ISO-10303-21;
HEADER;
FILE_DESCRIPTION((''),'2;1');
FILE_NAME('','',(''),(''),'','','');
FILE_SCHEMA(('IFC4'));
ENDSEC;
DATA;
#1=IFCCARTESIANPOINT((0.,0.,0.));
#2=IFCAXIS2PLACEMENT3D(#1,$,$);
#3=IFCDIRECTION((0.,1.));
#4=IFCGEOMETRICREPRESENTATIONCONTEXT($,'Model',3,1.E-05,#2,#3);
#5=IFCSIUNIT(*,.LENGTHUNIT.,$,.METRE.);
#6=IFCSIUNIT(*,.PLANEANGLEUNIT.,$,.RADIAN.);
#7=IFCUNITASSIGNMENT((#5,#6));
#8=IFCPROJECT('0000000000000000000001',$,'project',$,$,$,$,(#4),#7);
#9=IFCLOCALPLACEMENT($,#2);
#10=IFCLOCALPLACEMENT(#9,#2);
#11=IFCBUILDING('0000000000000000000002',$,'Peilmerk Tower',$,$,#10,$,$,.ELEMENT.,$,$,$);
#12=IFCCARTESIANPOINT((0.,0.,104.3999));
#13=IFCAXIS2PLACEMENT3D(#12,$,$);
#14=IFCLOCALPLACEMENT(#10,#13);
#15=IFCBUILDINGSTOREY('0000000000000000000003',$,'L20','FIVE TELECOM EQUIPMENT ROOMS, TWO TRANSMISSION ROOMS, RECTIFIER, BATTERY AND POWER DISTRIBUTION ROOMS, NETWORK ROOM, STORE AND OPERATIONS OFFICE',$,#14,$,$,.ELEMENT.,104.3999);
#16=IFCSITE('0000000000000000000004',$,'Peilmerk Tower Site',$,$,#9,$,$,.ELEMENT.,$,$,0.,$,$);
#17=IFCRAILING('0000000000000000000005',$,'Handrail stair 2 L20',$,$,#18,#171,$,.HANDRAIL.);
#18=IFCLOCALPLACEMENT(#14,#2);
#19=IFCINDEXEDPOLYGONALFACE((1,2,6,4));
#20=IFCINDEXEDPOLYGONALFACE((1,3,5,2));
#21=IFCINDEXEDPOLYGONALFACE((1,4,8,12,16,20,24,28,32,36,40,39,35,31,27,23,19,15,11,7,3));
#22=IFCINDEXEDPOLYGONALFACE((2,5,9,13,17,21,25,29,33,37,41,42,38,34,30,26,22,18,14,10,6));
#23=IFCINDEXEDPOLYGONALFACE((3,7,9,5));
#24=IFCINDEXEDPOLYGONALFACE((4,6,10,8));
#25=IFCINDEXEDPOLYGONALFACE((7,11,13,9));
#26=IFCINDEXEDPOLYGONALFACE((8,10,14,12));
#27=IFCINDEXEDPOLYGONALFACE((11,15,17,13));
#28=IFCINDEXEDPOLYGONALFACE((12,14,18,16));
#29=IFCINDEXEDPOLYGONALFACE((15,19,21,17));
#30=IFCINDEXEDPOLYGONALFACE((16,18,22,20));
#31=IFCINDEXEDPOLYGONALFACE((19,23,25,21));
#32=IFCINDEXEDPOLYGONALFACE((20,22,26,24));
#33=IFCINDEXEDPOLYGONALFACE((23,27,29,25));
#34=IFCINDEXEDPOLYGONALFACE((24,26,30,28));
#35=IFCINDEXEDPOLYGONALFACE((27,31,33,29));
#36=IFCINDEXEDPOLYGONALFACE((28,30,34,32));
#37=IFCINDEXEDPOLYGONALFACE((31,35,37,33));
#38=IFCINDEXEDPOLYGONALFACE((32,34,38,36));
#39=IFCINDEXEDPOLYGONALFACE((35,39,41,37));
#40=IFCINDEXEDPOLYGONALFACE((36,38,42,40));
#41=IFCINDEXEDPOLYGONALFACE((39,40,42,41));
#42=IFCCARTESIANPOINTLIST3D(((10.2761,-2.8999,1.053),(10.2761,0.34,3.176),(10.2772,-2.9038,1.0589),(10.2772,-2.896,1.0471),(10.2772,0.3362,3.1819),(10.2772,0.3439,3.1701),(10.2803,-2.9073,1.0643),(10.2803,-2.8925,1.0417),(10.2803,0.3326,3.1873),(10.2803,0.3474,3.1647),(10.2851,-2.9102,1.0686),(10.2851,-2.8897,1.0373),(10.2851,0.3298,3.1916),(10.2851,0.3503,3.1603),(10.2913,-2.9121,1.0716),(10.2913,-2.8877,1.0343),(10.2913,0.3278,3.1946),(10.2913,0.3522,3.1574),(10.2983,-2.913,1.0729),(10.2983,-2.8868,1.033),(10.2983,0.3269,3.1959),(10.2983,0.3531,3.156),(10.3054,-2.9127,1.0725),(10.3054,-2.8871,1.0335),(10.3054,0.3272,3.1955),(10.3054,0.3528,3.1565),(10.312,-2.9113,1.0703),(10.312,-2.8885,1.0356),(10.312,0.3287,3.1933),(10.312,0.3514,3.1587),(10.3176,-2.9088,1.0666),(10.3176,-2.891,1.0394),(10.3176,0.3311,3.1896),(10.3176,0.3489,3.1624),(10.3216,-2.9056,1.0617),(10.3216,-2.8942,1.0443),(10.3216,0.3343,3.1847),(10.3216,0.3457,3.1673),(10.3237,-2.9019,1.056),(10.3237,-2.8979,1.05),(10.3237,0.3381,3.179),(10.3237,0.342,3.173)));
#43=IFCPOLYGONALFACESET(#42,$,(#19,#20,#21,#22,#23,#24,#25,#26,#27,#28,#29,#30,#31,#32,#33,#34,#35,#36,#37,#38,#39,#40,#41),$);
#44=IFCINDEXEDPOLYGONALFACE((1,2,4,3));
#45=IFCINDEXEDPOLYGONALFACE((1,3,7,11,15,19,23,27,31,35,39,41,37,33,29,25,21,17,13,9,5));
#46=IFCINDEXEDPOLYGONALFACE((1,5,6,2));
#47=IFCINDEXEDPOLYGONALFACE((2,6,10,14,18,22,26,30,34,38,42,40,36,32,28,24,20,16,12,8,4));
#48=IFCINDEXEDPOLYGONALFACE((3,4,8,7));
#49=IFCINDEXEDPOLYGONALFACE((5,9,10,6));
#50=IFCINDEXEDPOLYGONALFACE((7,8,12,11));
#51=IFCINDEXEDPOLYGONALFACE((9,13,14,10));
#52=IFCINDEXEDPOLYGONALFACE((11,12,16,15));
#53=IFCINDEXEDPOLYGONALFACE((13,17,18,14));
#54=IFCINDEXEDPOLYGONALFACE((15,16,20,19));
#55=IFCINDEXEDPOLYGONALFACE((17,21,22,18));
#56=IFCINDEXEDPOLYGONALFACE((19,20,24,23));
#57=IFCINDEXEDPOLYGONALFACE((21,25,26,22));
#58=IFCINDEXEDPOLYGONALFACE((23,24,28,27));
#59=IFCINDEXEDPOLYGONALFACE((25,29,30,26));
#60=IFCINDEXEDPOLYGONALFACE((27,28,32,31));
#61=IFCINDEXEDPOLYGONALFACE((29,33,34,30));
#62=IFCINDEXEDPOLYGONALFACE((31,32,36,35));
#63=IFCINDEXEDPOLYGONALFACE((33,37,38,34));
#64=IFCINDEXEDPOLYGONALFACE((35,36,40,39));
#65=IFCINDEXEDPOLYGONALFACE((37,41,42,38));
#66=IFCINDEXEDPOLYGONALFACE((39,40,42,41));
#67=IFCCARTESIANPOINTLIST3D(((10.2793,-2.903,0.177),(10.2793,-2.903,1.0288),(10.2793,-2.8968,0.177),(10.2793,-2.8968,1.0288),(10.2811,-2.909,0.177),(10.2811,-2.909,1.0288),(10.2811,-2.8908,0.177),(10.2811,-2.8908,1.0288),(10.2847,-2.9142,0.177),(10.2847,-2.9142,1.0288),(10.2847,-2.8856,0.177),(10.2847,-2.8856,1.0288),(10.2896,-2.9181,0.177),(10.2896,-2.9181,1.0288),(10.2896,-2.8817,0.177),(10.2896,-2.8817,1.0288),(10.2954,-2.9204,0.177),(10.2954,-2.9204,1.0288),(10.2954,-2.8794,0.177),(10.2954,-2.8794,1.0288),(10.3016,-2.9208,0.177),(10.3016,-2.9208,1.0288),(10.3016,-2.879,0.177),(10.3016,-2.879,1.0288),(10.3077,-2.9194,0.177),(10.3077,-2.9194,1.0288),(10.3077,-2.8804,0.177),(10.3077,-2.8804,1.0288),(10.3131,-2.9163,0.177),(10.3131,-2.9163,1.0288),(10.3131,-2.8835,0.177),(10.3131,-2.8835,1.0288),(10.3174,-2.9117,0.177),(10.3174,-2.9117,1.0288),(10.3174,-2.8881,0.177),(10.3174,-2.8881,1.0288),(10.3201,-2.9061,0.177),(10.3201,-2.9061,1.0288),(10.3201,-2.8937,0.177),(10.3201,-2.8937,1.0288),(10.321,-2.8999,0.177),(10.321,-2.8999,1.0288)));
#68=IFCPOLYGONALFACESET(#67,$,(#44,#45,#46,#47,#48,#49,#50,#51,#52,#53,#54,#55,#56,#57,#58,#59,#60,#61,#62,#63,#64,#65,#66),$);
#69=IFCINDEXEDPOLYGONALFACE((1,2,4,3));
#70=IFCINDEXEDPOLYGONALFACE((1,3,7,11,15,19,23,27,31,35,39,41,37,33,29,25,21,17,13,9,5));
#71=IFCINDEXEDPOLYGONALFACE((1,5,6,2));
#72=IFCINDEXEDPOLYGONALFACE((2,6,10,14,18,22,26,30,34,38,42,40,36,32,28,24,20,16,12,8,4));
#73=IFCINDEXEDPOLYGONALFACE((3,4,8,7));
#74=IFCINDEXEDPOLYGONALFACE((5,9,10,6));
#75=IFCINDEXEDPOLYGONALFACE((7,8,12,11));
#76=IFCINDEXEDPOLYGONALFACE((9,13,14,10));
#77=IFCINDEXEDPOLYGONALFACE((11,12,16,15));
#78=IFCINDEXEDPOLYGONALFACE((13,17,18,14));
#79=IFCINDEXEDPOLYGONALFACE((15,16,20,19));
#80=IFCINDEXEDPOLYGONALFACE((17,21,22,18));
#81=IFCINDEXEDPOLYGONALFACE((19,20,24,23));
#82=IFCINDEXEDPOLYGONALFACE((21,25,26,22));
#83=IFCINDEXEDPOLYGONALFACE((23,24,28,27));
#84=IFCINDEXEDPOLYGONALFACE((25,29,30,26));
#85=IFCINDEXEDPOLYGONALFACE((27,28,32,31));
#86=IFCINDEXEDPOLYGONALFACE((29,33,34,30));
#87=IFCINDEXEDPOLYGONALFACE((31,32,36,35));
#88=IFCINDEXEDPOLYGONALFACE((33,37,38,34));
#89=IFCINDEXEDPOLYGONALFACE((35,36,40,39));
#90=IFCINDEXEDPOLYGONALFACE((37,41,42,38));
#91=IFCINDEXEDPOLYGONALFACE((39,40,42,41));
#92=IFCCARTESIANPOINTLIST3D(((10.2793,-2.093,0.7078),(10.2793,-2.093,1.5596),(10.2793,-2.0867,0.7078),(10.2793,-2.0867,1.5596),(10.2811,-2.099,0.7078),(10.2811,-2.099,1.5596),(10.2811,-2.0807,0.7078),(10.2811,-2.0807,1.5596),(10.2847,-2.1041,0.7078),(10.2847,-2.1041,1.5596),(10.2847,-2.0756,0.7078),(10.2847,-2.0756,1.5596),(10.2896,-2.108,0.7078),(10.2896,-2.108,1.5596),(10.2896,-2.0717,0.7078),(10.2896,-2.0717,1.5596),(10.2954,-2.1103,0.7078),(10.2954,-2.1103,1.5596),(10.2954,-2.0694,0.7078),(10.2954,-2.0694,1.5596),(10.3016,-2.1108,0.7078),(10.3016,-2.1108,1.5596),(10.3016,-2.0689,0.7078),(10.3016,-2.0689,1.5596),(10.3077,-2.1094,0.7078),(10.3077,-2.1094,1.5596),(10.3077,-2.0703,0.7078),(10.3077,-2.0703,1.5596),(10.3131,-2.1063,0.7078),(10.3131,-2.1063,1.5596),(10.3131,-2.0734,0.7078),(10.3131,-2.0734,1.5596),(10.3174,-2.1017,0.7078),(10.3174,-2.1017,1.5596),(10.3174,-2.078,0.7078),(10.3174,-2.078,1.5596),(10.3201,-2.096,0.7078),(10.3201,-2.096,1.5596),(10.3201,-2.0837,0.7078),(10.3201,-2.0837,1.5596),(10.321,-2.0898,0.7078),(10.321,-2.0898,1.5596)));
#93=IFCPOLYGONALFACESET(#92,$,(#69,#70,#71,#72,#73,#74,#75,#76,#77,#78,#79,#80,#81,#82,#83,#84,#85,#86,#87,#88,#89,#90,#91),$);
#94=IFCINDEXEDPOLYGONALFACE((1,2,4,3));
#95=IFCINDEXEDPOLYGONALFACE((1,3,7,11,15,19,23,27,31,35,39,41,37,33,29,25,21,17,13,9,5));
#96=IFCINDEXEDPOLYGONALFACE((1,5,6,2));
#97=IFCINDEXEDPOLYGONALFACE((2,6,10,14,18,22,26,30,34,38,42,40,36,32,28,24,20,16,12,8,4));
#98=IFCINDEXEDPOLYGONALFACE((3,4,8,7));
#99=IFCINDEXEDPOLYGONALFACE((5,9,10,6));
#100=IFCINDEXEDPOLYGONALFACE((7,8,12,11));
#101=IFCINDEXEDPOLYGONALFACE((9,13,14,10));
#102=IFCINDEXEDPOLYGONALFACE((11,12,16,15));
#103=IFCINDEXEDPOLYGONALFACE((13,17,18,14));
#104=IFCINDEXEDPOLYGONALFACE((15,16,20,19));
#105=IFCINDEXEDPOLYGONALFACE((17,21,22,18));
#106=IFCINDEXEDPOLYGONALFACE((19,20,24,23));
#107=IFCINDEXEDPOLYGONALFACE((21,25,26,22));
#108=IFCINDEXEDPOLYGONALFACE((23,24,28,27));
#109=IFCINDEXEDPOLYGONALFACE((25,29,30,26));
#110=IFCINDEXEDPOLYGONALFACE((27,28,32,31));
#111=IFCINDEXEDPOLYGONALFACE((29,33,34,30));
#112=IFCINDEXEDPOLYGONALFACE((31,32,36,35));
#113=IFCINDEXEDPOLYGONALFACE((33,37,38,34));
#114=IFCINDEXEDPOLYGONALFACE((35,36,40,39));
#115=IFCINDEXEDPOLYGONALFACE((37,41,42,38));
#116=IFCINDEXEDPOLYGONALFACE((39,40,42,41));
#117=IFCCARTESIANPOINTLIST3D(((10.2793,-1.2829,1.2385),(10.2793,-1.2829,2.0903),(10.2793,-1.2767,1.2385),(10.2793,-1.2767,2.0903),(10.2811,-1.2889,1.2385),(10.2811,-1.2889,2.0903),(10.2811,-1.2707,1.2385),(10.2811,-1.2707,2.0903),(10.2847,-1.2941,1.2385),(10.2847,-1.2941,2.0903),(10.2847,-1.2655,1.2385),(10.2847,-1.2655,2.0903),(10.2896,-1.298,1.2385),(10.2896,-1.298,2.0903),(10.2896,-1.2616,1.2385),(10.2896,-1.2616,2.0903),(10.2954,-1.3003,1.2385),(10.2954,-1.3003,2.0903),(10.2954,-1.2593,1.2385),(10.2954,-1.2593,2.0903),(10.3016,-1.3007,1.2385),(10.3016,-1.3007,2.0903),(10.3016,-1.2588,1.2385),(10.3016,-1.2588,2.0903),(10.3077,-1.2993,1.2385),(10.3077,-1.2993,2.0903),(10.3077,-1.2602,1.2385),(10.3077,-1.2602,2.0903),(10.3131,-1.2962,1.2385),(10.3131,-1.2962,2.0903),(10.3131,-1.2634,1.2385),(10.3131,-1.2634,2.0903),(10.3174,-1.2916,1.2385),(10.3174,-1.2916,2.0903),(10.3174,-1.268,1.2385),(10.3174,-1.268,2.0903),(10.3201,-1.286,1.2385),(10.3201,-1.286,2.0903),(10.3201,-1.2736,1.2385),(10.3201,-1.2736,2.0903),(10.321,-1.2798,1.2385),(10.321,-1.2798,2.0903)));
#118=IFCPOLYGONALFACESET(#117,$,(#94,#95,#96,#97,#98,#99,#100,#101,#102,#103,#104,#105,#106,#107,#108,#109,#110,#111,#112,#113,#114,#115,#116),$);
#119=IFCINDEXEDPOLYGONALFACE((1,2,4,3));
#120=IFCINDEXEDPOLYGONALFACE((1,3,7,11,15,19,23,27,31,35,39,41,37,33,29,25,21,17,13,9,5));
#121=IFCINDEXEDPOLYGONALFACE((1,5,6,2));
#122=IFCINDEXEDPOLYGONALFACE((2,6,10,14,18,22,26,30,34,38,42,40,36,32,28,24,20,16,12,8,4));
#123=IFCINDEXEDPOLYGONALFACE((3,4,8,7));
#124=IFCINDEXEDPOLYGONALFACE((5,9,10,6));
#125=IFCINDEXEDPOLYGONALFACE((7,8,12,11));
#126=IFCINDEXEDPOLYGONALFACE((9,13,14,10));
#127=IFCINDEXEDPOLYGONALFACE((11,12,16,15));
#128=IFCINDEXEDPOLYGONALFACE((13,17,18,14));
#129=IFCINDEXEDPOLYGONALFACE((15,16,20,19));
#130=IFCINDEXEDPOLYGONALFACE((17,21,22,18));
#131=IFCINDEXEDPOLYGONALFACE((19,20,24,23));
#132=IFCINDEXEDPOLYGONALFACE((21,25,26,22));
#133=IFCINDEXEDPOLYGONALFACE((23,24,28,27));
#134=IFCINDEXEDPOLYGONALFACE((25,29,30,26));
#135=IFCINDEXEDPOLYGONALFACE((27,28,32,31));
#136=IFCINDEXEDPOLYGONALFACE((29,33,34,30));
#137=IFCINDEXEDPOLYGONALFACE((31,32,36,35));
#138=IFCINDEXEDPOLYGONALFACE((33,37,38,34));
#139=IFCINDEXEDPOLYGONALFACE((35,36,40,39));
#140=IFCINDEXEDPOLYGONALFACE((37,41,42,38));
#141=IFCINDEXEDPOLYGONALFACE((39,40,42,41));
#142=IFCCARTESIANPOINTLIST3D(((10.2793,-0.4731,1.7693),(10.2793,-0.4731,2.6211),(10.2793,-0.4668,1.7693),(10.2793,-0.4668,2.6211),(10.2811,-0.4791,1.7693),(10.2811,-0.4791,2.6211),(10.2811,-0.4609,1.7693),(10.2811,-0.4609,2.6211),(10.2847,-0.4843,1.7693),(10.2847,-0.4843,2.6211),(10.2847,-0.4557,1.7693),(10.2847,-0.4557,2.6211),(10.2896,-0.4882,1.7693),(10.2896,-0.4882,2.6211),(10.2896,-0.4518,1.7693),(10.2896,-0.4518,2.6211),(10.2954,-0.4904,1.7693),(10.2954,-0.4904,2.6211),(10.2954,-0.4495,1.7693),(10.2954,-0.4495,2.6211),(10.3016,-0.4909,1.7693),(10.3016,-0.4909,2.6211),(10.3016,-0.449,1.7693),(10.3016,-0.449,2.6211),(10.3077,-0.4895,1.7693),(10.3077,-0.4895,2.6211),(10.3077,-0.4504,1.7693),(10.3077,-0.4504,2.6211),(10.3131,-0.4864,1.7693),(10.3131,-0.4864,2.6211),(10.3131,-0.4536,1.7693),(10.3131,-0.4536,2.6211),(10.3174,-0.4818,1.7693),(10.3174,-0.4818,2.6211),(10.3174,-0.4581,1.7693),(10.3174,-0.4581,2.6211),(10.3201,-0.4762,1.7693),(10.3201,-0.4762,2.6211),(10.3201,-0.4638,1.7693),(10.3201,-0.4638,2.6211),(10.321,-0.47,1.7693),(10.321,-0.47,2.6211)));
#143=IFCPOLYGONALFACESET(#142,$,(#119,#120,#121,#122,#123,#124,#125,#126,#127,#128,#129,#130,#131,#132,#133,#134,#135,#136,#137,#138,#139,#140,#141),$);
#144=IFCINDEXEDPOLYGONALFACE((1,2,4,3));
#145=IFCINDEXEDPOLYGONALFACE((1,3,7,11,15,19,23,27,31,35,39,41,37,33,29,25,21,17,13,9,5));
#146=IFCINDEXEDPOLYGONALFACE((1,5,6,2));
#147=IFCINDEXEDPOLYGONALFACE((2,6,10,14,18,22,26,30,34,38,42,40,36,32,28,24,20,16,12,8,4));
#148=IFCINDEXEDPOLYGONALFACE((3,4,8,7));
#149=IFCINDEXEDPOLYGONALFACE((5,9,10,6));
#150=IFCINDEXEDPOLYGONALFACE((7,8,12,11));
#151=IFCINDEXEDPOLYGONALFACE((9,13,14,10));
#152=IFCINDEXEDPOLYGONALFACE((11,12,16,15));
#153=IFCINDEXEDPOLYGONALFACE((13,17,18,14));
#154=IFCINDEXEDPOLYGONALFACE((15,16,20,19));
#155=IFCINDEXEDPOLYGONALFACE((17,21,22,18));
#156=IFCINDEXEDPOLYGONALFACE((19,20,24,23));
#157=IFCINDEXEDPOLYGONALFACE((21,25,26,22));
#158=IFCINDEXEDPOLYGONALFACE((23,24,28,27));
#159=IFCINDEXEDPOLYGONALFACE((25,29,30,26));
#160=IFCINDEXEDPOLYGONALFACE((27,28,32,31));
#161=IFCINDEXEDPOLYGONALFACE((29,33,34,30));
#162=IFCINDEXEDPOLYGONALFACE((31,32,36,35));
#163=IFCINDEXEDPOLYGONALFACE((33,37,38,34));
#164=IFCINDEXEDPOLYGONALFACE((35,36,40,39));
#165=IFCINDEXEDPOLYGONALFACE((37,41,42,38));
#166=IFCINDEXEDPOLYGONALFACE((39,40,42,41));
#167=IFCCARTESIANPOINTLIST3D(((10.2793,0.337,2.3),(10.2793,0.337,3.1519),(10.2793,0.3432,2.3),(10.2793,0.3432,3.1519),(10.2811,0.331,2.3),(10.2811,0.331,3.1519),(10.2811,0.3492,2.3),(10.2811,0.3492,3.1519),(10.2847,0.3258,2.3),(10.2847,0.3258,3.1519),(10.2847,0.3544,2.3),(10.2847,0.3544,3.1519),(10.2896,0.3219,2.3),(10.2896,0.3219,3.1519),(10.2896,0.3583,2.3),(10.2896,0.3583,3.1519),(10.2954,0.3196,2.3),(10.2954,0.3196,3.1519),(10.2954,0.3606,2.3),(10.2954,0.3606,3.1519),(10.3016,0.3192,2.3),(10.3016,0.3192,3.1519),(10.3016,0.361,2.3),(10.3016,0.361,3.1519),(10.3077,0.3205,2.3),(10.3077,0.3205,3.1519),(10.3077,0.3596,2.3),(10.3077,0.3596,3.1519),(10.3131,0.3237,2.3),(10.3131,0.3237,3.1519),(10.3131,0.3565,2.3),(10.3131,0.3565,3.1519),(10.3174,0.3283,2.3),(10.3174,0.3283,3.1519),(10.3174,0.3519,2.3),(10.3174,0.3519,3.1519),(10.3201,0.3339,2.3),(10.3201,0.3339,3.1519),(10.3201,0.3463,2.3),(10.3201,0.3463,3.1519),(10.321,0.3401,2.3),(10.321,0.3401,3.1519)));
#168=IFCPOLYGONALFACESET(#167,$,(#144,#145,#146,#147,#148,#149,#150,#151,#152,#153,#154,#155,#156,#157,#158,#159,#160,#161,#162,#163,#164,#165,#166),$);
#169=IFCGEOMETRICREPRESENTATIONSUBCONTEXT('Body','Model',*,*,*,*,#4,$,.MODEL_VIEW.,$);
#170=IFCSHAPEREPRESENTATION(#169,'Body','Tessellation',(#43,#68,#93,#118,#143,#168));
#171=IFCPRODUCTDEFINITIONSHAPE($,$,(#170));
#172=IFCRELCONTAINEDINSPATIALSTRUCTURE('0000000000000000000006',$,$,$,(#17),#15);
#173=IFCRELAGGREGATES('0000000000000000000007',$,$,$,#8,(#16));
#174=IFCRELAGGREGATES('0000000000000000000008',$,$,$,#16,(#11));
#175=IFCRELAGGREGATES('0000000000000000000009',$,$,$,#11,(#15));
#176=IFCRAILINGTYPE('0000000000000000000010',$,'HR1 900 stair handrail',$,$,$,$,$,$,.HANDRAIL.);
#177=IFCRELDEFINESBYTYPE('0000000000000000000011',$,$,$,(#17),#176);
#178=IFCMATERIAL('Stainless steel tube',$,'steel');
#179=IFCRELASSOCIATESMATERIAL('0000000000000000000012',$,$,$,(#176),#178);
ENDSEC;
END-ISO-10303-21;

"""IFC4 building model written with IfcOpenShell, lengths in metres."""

from ifc_helpers import new_model, si_unit, direction, frame, origin, origin_2d, place, context, subcontext, project, spatial, circle, extrude, material, type_object, element, save


model = new_model("IFC4")

# Units and contexts
model_context = context("Model", 3, precision=1e-05, world=origin(), true_north=direction((0.0, 1.0)))
body_context = subcontext(model_context, "Body", "Model", "MODEL_VIEW")
ifc_project = project(units=[si_unit("LENGTHUNIT", "METRE"), si_unit("PLANEANGLEUNIT", "RADIAN")], contexts=[model_context])

# Site, building, storey
site_placement = place(None, origin())
site = spatial("IfcSite", under=ifc_project, at=site_placement, Name="Peilmerk Tower Site", CompositionType="ELEMENT", RefElevation=0.0)
building_placement = place(site_placement, origin())
building = spatial("IfcBuilding", under=site, at=building_placement, Name="Peilmerk Tower", CompositionType="ELEMENT")
storey_placement = place(building_placement, frame((0.0, 0.0, 104.3999)))
storey = spatial("IfcBuildingStorey", under=building, at=storey_placement, Name="L20", Description="FIVE TELECOM EQUIPMENT ROOMS, TWO TRANSMISSION ROOMS, RECTIFIER, BATTERY AND POWER DISTRIBUTION ROOMS, NETWORK ROOM, STORE AND OPERATIONS OFFICE", CompositionType="ELEMENT", Elevation=104.3999)

# Railing
ifc_material_1 = material(Name="Stainless steel tube", Category="steel")
railing_type_1 = type_object("IfcRailingType", Name="HR1 900 stair handrail", PredefinedType="HANDRAIL", material=ifc_material_1)
railing_1_placement = place(storey_placement, frame((10.3, -2.8999, 0.177)))
element("IfcRailing", 1, at=railing_1_placement, inside=storey, type_object=railing_type_1, Name="Handrail stair 2 L20", PredefinedType="HANDRAIL", context=body_context, shape_type="SweptSolid", body=[
    extrude(circle(Radius=0.0239, at=origin_2d()), frame((0.0, 0.0, 0.876), z_axis=(0.0, 0.836426, 0.548079), x_axis=(-1.0, 0.0, 0.0)), (0.0, 0.0, 1.0), 3.8735),
    extrude(circle(Radius=0.021, at=origin_2d()), origin(), (0.0, 0.0, 1.0), 0.8518),
    extrude(circle(Radius=0.021, at=origin_2d()), frame((0.0, 0.8101, 0.5308)), (0.0, 0.0, 1.0), 0.8518),
    extrude(circle(Radius=0.021, at=origin_2d()), frame((0.0, 1.6201, 1.0615)), (0.0, 0.0, 1.0), 0.8518),
    extrude(circle(Radius=0.021, at=origin_2d()), frame((0.0, 2.4299, 1.5923)), (0.0, 0.0, 1.0), 0.8518),
    extrude(circle(Radius=0.021, at=origin_2d()), frame((0.0, 3.24, 2.123)), (0.0, 0.0, 1.0), 0.8518),
])

save(model, "model.ifc")
